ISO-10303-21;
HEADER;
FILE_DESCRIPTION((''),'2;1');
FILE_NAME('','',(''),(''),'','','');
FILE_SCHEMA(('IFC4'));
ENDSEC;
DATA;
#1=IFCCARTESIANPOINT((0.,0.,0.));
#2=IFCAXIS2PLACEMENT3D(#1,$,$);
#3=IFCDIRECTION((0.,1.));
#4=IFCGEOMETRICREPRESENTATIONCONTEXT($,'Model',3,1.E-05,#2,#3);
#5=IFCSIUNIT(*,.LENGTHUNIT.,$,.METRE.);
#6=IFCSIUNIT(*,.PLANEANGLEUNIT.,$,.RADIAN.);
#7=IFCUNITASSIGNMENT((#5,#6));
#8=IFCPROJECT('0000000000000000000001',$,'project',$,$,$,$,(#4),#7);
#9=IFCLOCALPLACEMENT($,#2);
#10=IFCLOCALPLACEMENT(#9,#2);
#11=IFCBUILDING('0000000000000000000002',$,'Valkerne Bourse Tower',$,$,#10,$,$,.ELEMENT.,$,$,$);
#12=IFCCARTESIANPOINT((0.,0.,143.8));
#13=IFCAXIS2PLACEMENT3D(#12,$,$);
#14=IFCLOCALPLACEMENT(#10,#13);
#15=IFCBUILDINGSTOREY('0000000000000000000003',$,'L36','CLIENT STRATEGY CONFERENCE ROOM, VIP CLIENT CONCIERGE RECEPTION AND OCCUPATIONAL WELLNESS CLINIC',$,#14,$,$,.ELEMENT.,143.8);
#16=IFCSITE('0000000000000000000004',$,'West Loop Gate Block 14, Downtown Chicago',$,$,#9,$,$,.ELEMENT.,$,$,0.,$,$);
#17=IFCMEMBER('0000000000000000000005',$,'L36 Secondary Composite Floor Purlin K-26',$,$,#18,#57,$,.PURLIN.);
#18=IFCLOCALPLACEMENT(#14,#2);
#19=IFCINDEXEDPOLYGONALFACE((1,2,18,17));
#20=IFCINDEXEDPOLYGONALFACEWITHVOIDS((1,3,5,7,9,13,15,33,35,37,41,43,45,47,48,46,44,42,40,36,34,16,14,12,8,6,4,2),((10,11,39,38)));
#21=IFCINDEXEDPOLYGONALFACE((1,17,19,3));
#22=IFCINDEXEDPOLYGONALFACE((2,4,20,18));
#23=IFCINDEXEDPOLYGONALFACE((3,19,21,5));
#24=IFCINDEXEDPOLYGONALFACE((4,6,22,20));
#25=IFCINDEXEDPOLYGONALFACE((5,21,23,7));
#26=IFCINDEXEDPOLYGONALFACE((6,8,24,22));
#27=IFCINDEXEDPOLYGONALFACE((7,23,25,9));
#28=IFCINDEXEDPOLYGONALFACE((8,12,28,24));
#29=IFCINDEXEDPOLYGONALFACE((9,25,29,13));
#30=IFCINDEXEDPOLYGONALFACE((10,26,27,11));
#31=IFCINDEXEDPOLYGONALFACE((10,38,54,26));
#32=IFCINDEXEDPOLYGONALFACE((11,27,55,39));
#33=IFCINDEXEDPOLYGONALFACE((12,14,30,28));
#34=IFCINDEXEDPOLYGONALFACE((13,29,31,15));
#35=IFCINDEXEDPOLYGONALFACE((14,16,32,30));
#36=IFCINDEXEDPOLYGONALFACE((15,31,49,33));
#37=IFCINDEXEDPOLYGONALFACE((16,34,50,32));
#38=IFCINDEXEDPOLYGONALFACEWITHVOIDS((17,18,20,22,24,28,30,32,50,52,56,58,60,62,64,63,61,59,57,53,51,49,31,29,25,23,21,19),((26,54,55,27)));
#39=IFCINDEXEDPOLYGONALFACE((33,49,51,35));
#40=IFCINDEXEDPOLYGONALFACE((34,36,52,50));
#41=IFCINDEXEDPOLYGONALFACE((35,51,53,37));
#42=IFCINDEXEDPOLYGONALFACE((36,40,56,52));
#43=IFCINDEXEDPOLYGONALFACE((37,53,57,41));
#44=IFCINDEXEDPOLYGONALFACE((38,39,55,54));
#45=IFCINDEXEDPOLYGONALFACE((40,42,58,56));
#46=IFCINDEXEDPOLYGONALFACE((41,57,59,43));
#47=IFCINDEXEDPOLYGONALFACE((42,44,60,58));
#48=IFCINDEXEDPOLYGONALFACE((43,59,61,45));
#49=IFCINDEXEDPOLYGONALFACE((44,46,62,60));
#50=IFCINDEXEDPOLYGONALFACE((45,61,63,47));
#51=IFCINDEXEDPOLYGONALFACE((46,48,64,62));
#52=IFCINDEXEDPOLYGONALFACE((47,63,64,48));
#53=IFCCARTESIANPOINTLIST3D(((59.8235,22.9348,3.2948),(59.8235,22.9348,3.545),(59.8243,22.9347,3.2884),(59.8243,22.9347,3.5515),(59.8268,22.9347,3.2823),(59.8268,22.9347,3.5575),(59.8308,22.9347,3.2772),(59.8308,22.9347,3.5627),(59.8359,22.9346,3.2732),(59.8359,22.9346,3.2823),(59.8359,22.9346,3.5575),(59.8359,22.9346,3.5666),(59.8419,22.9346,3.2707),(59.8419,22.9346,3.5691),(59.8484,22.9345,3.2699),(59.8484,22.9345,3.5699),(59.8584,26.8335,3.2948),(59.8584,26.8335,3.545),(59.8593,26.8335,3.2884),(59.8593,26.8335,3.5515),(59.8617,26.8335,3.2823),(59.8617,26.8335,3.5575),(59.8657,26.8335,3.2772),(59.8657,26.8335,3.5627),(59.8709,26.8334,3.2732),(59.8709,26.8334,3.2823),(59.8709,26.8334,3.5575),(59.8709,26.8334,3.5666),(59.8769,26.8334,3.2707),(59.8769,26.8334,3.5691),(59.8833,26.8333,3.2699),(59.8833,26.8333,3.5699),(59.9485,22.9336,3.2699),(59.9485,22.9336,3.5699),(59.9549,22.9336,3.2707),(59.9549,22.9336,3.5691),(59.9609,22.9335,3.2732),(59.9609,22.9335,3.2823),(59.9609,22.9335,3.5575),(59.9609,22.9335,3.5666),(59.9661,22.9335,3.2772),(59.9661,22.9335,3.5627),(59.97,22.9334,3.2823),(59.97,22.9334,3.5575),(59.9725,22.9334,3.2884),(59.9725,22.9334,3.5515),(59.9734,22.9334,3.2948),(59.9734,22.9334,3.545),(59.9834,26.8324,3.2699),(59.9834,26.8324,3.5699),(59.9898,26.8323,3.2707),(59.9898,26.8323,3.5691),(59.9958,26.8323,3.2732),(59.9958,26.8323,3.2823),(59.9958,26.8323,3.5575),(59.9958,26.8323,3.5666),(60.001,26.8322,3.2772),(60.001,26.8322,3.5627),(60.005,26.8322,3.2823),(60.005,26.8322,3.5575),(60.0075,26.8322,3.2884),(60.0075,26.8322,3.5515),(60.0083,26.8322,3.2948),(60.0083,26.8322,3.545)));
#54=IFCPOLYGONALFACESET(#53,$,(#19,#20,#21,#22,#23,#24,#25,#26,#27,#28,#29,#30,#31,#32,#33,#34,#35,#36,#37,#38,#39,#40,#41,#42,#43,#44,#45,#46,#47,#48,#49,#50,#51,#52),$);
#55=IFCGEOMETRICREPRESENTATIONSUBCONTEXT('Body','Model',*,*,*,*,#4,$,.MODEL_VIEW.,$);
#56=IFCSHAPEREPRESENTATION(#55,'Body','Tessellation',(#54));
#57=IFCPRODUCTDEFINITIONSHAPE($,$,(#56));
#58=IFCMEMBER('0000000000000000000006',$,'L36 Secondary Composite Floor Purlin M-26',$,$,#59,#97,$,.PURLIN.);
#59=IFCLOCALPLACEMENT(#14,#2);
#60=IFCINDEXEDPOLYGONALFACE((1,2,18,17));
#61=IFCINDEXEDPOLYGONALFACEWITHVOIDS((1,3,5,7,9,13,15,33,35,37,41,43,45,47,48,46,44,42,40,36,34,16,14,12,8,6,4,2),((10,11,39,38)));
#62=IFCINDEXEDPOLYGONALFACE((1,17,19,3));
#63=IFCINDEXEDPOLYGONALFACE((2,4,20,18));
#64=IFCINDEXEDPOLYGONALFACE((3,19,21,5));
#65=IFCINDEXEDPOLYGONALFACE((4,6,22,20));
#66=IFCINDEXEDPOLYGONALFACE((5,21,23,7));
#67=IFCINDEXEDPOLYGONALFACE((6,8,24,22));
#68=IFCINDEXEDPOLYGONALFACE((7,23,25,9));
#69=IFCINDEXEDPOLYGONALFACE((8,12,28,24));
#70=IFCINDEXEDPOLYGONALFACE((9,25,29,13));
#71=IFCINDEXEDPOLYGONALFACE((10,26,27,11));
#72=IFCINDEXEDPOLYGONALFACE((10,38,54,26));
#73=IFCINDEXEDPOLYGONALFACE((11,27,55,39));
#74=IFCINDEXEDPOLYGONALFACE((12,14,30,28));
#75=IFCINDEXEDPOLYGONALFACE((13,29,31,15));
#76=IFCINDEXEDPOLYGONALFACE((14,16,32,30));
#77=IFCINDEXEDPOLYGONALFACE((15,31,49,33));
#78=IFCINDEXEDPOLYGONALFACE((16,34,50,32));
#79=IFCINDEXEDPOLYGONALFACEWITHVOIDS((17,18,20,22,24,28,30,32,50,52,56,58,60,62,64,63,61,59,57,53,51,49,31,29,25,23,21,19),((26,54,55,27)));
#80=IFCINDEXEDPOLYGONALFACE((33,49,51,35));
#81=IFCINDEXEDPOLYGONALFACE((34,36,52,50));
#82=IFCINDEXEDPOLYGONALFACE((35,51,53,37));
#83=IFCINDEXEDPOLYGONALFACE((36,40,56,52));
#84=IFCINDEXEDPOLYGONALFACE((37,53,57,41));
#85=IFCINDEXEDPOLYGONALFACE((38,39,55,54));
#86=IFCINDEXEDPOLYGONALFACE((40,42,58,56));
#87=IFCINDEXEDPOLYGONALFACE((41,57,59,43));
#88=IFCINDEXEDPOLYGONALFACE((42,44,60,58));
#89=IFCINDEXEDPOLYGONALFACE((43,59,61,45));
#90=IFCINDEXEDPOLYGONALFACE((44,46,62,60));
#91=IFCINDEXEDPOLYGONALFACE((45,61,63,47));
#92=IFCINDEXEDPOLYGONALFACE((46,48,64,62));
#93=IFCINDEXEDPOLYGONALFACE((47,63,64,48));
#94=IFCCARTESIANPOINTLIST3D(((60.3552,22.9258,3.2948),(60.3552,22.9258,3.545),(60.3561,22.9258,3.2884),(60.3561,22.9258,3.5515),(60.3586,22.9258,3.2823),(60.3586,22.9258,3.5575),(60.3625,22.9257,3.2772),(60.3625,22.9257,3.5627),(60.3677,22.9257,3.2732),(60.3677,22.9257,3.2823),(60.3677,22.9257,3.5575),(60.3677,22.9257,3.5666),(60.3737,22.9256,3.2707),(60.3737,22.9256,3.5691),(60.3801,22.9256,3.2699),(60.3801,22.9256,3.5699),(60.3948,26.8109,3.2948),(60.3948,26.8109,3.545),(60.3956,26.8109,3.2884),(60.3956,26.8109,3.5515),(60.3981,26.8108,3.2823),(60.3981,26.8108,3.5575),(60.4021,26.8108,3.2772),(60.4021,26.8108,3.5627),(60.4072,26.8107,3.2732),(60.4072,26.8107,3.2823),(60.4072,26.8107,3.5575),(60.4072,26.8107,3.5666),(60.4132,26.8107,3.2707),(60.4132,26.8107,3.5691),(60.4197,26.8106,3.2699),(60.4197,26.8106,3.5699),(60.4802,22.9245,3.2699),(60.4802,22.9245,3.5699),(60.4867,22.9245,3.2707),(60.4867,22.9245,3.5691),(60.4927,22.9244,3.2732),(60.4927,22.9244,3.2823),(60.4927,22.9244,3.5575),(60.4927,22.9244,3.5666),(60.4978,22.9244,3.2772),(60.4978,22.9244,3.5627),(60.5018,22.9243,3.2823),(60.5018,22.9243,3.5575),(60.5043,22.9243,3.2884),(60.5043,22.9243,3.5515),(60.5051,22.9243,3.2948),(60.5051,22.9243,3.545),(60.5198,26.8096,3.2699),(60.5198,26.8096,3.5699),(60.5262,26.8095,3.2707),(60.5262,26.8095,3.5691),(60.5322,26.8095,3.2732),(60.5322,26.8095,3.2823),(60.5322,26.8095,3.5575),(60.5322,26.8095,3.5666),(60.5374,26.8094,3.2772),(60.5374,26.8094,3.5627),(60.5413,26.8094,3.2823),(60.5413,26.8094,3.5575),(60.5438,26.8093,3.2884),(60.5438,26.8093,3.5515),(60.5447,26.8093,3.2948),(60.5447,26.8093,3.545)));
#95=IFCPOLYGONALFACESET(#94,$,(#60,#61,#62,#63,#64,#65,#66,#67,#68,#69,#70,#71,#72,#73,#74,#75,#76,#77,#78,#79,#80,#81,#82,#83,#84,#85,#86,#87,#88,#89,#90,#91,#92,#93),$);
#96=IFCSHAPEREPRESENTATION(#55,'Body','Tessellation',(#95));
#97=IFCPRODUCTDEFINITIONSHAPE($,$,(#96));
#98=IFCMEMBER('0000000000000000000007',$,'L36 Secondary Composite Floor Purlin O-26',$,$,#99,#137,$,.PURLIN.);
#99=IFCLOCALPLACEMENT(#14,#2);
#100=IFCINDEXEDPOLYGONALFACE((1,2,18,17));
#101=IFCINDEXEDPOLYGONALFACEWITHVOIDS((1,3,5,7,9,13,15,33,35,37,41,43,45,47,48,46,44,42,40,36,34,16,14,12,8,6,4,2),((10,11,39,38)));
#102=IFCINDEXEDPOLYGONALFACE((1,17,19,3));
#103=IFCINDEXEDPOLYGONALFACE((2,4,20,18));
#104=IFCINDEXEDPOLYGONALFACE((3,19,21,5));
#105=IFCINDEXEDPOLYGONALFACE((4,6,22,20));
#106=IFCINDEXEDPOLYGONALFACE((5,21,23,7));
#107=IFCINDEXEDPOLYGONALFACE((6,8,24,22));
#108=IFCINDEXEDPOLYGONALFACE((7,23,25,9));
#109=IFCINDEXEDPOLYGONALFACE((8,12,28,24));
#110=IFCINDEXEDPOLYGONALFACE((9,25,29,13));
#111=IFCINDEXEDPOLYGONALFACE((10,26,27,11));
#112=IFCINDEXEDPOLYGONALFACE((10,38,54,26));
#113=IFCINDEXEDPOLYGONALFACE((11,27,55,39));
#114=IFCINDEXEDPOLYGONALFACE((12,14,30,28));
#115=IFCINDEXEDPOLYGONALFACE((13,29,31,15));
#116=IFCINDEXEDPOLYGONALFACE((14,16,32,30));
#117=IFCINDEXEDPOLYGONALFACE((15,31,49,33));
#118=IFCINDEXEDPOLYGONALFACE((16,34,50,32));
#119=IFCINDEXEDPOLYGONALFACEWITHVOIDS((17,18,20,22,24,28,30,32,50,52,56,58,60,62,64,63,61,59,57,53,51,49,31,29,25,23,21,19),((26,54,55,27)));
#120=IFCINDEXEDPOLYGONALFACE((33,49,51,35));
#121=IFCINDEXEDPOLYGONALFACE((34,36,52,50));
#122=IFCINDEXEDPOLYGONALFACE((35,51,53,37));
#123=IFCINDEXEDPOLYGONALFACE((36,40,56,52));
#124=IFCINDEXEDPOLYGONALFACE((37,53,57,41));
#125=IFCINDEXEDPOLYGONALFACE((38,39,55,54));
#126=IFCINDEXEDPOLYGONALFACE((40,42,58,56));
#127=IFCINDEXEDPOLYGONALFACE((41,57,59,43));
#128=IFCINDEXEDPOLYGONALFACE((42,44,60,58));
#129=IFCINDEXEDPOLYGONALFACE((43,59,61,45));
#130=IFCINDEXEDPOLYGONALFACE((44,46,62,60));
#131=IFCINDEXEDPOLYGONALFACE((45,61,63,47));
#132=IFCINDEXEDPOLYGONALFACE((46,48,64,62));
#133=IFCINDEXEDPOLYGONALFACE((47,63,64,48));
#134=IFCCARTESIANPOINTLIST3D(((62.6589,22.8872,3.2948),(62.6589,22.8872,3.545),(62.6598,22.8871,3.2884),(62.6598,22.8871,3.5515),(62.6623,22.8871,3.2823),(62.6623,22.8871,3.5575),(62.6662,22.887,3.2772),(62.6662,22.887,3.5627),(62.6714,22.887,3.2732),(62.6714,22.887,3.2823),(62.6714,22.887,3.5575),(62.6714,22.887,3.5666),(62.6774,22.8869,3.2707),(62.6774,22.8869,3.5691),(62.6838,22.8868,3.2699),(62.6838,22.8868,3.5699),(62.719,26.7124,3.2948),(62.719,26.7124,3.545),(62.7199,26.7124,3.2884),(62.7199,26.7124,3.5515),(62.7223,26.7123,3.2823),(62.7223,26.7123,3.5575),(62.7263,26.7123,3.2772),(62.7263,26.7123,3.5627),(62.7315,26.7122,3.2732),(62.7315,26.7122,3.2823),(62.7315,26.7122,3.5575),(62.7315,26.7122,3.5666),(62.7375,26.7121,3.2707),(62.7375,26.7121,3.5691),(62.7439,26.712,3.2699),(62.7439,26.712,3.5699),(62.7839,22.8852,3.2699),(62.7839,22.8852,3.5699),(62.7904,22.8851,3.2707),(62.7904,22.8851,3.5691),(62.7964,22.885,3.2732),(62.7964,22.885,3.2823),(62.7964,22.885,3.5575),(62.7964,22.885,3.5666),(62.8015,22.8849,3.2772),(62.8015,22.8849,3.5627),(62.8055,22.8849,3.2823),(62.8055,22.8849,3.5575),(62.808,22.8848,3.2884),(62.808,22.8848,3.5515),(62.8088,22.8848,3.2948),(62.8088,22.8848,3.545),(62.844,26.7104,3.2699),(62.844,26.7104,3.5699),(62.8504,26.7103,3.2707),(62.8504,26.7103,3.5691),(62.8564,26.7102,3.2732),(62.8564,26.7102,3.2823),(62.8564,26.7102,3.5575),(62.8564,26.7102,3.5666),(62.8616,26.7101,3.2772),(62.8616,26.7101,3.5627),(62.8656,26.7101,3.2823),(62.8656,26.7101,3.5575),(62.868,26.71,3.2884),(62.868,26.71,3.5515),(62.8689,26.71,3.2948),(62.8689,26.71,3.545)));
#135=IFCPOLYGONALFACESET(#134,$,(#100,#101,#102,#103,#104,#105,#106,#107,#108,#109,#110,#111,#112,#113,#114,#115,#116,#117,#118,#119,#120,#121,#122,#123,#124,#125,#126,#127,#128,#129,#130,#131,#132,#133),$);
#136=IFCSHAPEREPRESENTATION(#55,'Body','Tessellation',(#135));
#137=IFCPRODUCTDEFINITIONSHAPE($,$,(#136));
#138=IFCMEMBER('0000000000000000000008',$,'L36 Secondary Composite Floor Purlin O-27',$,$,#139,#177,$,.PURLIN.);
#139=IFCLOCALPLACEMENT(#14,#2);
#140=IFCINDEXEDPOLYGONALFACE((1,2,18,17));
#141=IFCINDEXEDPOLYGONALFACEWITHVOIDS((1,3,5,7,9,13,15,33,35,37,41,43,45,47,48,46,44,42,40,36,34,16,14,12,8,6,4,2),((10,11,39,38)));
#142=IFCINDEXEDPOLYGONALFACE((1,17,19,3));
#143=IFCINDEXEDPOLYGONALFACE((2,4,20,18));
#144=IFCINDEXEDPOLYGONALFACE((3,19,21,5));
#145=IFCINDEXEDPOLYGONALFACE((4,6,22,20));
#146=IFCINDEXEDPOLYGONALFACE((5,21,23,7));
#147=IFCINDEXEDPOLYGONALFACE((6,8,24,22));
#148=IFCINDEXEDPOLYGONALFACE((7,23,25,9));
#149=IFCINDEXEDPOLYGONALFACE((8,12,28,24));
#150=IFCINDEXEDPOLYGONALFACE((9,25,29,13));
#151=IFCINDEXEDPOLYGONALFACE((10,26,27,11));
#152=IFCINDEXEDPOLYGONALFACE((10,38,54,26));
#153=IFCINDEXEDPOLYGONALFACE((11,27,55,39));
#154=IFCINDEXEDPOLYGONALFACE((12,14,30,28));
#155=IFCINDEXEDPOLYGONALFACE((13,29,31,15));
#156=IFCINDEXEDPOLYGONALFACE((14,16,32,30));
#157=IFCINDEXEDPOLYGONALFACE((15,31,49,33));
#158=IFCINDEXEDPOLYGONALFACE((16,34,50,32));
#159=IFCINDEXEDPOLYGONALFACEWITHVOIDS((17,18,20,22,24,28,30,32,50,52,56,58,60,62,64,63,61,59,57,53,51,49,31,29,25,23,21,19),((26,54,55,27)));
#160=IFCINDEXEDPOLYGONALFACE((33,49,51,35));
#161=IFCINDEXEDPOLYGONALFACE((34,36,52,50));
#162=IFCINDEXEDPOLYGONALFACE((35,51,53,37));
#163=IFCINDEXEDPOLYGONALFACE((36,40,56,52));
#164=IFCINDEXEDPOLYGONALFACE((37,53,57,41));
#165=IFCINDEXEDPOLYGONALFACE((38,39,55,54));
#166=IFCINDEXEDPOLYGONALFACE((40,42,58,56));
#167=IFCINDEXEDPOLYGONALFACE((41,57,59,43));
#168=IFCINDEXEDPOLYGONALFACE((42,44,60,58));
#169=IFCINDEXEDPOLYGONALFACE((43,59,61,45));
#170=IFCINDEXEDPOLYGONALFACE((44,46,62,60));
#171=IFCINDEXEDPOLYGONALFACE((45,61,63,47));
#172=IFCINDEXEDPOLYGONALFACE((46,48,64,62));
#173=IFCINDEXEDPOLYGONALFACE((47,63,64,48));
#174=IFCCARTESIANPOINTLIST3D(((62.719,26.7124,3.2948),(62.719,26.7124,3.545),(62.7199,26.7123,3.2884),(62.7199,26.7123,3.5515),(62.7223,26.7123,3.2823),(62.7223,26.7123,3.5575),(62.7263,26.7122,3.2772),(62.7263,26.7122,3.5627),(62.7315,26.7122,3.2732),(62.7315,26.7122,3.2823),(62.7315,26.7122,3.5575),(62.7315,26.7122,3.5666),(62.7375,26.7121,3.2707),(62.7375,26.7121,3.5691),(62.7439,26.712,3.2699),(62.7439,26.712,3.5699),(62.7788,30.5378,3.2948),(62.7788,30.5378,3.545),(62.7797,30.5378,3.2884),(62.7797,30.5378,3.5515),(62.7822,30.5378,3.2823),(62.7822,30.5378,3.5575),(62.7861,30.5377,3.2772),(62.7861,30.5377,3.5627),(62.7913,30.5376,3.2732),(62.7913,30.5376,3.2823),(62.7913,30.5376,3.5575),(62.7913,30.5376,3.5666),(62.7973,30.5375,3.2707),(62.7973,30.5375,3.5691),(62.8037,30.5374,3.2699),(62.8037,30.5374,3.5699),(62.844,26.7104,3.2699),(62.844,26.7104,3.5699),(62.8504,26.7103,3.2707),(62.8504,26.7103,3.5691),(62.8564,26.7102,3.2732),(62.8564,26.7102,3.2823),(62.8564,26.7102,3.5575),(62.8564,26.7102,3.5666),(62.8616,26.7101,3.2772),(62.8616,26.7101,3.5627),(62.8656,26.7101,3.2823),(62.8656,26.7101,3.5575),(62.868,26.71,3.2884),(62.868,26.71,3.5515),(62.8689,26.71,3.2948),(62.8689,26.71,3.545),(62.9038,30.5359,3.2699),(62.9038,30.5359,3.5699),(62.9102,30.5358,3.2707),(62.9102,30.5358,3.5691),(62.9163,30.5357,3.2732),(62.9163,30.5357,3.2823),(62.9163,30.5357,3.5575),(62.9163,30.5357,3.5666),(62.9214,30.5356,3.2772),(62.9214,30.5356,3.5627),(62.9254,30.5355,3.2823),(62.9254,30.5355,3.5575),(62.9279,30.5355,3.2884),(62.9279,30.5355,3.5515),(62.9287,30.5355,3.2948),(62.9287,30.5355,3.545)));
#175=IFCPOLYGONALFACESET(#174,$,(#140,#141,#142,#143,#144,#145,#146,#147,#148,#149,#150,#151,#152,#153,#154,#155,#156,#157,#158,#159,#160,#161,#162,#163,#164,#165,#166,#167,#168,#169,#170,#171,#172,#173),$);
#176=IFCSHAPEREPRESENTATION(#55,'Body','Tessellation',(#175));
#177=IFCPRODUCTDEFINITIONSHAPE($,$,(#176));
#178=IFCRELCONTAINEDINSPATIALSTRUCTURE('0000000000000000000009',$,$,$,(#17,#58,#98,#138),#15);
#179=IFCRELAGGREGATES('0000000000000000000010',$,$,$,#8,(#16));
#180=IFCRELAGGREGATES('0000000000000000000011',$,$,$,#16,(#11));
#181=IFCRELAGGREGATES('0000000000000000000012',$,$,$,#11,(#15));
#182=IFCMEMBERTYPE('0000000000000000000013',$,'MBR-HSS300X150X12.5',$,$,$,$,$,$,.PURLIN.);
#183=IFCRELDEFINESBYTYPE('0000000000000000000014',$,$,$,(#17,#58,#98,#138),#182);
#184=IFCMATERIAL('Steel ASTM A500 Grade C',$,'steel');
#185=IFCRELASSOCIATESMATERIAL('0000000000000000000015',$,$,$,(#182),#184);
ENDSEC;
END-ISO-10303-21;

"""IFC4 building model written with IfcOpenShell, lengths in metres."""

from ifc_helpers import new_model, si_unit, direction, frame, origin, origin_2d, place, context, subcontext, project, spatial, hollow_rectangle, extrude, material, material_profile, profile_set, type_object, element, save


model = new_model("IFC4")

# Units and contexts
model_context = context("Model", 3, precision=1e-05, world=origin(), true_north=direction((0.0, 1.0)))
body_context = subcontext(model_context, "Body", "Model", "MODEL_VIEW")
ifc_project = project(units=[si_unit("LENGTHUNIT", "METRE"), si_unit("PLANEANGLEUNIT", "RADIAN")], contexts=[model_context])

# Site, building, storey
site_placement = place(None, origin())
site = spatial("IfcSite", under=ifc_project, at=site_placement, Name="West Loop Gate Block 14, Downtown Chicago", CompositionType="ELEMENT", RefElevation=0.0)
building_placement = place(site_placement, origin())
building = spatial("IfcBuilding", under=site, at=building_placement, Name="Valkerne Bourse Tower", CompositionType="ELEMENT")
storey_placement = place(building_placement, frame((0.0, 0.0, 143.8)))
storey = spatial("IfcBuildingStorey", under=building, at=storey_placement, Name="L36", Description="CLIENT STRATEGY CONFERENCE ROOM, VIP CLIENT CONCIERGE RECEPTION AND OCCUPATIONAL WELLNESS CLINIC", CompositionType="ELEMENT", Elevation=143.8)

# Members
ifc_material_1 = material(Name="Steel ASTM A500 Grade C", Category="steel")
ifc_material_profile_1 = material_profile(ifc_material_1, hollow_rectangle(XDim=0.1499, YDim=0.3, WallThickness=0.0125, OuterFilletRadius=0.0249, at=origin_2d()), Name="HSS300X150X12.5")
ifc_profile_set_1 = profile_set([ifc_material_profile_1], Name="Steel ASTM A500 Grade C")
member_type_1 = type_object("IfcMemberType", Name="MBR-HSS300X150X12.5", PredefinedType="PURLIN", material=ifc_profile_set_1)
member_1_placement = place(storey_placement, frame((59.8984, 22.9341, 3.4199), z_axis=(0.008954, 0.99996, 0.0), x_axis=(-0.99996, 0.008954, 0.0)))
element("IfcMember", 1, at=member_1_placement, inside=storey, type_object=member_type_1, Name="L36 Secondary Composite Floor Purlin K-26", PredefinedType="PURLIN", context=body_context, shape_type="SweptSolid", body=[
    extrude(hollow_rectangle(XDim=0.1499, YDim=0.3, WallThickness=0.0125, OuterFilletRadius=0.0249, at=origin_2d()), origin(), (0.0, 0.0, 1.0), 3.8989),
])
member_2_placement = place(storey_placement, frame((60.4302, 22.925, 3.4199), z_axis=(0.01018, 0.999948, 0.0), x_axis=(-0.999948, 0.01018, 0.0)))
element("IfcMember", 2, at=member_2_placement, inside=storey, type_object=member_type_1, Name="L36 Secondary Composite Floor Purlin M-26", PredefinedType="PURLIN", context=body_context, shape_type="SweptSolid", body=[
    extrude(hollow_rectangle(XDim=0.1499, YDim=0.3, WallThickness=0.0125, OuterFilletRadius=0.0249, at=origin_2d()), origin(), (0.0, 0.0, 1.0), 3.8853),
])
member_3_placement = place(storey_placement, frame((62.7339, 22.886, 3.4199), z_axis=(0.015699, 0.999877, 0.0), x_axis=(-0.999877, 0.015699, 0.0)))
element("IfcMember", 3, at=member_3_placement, inside=storey, type_object=member_type_1, Name="L36 Secondary Composite Floor Purlin O-26", PredefinedType="PURLIN", context=body_context, shape_type="SweptSolid", body=[
    extrude(hollow_rectangle(XDim=0.1499, YDim=0.3, WallThickness=0.0125, OuterFilletRadius=0.0249, at=origin_2d()), origin(), (0.0, 0.0, 1.0), 3.8257),
])
member_4_placement = place(storey_placement, frame((62.7939, 26.7112, 3.4199), z_axis=(0.015634, 0.999878, 0.0), x_axis=(-0.999878, 0.015634, 0.0)))
element("IfcMember", 4, at=member_4_placement, inside=storey, type_object=member_type_1, Name="L36 Secondary Composite Floor Purlin O-27", PredefinedType="PURLIN", context=body_context, shape_type="SweptSolid", body=[
    extrude(hollow_rectangle(XDim=0.1499, YDim=0.3, WallThickness=0.0125, OuterFilletRadius=0.0249, at=origin_2d()), origin(), (0.0, 0.0, 1.0), 3.8259),
])

save(model, "model.ifc")
